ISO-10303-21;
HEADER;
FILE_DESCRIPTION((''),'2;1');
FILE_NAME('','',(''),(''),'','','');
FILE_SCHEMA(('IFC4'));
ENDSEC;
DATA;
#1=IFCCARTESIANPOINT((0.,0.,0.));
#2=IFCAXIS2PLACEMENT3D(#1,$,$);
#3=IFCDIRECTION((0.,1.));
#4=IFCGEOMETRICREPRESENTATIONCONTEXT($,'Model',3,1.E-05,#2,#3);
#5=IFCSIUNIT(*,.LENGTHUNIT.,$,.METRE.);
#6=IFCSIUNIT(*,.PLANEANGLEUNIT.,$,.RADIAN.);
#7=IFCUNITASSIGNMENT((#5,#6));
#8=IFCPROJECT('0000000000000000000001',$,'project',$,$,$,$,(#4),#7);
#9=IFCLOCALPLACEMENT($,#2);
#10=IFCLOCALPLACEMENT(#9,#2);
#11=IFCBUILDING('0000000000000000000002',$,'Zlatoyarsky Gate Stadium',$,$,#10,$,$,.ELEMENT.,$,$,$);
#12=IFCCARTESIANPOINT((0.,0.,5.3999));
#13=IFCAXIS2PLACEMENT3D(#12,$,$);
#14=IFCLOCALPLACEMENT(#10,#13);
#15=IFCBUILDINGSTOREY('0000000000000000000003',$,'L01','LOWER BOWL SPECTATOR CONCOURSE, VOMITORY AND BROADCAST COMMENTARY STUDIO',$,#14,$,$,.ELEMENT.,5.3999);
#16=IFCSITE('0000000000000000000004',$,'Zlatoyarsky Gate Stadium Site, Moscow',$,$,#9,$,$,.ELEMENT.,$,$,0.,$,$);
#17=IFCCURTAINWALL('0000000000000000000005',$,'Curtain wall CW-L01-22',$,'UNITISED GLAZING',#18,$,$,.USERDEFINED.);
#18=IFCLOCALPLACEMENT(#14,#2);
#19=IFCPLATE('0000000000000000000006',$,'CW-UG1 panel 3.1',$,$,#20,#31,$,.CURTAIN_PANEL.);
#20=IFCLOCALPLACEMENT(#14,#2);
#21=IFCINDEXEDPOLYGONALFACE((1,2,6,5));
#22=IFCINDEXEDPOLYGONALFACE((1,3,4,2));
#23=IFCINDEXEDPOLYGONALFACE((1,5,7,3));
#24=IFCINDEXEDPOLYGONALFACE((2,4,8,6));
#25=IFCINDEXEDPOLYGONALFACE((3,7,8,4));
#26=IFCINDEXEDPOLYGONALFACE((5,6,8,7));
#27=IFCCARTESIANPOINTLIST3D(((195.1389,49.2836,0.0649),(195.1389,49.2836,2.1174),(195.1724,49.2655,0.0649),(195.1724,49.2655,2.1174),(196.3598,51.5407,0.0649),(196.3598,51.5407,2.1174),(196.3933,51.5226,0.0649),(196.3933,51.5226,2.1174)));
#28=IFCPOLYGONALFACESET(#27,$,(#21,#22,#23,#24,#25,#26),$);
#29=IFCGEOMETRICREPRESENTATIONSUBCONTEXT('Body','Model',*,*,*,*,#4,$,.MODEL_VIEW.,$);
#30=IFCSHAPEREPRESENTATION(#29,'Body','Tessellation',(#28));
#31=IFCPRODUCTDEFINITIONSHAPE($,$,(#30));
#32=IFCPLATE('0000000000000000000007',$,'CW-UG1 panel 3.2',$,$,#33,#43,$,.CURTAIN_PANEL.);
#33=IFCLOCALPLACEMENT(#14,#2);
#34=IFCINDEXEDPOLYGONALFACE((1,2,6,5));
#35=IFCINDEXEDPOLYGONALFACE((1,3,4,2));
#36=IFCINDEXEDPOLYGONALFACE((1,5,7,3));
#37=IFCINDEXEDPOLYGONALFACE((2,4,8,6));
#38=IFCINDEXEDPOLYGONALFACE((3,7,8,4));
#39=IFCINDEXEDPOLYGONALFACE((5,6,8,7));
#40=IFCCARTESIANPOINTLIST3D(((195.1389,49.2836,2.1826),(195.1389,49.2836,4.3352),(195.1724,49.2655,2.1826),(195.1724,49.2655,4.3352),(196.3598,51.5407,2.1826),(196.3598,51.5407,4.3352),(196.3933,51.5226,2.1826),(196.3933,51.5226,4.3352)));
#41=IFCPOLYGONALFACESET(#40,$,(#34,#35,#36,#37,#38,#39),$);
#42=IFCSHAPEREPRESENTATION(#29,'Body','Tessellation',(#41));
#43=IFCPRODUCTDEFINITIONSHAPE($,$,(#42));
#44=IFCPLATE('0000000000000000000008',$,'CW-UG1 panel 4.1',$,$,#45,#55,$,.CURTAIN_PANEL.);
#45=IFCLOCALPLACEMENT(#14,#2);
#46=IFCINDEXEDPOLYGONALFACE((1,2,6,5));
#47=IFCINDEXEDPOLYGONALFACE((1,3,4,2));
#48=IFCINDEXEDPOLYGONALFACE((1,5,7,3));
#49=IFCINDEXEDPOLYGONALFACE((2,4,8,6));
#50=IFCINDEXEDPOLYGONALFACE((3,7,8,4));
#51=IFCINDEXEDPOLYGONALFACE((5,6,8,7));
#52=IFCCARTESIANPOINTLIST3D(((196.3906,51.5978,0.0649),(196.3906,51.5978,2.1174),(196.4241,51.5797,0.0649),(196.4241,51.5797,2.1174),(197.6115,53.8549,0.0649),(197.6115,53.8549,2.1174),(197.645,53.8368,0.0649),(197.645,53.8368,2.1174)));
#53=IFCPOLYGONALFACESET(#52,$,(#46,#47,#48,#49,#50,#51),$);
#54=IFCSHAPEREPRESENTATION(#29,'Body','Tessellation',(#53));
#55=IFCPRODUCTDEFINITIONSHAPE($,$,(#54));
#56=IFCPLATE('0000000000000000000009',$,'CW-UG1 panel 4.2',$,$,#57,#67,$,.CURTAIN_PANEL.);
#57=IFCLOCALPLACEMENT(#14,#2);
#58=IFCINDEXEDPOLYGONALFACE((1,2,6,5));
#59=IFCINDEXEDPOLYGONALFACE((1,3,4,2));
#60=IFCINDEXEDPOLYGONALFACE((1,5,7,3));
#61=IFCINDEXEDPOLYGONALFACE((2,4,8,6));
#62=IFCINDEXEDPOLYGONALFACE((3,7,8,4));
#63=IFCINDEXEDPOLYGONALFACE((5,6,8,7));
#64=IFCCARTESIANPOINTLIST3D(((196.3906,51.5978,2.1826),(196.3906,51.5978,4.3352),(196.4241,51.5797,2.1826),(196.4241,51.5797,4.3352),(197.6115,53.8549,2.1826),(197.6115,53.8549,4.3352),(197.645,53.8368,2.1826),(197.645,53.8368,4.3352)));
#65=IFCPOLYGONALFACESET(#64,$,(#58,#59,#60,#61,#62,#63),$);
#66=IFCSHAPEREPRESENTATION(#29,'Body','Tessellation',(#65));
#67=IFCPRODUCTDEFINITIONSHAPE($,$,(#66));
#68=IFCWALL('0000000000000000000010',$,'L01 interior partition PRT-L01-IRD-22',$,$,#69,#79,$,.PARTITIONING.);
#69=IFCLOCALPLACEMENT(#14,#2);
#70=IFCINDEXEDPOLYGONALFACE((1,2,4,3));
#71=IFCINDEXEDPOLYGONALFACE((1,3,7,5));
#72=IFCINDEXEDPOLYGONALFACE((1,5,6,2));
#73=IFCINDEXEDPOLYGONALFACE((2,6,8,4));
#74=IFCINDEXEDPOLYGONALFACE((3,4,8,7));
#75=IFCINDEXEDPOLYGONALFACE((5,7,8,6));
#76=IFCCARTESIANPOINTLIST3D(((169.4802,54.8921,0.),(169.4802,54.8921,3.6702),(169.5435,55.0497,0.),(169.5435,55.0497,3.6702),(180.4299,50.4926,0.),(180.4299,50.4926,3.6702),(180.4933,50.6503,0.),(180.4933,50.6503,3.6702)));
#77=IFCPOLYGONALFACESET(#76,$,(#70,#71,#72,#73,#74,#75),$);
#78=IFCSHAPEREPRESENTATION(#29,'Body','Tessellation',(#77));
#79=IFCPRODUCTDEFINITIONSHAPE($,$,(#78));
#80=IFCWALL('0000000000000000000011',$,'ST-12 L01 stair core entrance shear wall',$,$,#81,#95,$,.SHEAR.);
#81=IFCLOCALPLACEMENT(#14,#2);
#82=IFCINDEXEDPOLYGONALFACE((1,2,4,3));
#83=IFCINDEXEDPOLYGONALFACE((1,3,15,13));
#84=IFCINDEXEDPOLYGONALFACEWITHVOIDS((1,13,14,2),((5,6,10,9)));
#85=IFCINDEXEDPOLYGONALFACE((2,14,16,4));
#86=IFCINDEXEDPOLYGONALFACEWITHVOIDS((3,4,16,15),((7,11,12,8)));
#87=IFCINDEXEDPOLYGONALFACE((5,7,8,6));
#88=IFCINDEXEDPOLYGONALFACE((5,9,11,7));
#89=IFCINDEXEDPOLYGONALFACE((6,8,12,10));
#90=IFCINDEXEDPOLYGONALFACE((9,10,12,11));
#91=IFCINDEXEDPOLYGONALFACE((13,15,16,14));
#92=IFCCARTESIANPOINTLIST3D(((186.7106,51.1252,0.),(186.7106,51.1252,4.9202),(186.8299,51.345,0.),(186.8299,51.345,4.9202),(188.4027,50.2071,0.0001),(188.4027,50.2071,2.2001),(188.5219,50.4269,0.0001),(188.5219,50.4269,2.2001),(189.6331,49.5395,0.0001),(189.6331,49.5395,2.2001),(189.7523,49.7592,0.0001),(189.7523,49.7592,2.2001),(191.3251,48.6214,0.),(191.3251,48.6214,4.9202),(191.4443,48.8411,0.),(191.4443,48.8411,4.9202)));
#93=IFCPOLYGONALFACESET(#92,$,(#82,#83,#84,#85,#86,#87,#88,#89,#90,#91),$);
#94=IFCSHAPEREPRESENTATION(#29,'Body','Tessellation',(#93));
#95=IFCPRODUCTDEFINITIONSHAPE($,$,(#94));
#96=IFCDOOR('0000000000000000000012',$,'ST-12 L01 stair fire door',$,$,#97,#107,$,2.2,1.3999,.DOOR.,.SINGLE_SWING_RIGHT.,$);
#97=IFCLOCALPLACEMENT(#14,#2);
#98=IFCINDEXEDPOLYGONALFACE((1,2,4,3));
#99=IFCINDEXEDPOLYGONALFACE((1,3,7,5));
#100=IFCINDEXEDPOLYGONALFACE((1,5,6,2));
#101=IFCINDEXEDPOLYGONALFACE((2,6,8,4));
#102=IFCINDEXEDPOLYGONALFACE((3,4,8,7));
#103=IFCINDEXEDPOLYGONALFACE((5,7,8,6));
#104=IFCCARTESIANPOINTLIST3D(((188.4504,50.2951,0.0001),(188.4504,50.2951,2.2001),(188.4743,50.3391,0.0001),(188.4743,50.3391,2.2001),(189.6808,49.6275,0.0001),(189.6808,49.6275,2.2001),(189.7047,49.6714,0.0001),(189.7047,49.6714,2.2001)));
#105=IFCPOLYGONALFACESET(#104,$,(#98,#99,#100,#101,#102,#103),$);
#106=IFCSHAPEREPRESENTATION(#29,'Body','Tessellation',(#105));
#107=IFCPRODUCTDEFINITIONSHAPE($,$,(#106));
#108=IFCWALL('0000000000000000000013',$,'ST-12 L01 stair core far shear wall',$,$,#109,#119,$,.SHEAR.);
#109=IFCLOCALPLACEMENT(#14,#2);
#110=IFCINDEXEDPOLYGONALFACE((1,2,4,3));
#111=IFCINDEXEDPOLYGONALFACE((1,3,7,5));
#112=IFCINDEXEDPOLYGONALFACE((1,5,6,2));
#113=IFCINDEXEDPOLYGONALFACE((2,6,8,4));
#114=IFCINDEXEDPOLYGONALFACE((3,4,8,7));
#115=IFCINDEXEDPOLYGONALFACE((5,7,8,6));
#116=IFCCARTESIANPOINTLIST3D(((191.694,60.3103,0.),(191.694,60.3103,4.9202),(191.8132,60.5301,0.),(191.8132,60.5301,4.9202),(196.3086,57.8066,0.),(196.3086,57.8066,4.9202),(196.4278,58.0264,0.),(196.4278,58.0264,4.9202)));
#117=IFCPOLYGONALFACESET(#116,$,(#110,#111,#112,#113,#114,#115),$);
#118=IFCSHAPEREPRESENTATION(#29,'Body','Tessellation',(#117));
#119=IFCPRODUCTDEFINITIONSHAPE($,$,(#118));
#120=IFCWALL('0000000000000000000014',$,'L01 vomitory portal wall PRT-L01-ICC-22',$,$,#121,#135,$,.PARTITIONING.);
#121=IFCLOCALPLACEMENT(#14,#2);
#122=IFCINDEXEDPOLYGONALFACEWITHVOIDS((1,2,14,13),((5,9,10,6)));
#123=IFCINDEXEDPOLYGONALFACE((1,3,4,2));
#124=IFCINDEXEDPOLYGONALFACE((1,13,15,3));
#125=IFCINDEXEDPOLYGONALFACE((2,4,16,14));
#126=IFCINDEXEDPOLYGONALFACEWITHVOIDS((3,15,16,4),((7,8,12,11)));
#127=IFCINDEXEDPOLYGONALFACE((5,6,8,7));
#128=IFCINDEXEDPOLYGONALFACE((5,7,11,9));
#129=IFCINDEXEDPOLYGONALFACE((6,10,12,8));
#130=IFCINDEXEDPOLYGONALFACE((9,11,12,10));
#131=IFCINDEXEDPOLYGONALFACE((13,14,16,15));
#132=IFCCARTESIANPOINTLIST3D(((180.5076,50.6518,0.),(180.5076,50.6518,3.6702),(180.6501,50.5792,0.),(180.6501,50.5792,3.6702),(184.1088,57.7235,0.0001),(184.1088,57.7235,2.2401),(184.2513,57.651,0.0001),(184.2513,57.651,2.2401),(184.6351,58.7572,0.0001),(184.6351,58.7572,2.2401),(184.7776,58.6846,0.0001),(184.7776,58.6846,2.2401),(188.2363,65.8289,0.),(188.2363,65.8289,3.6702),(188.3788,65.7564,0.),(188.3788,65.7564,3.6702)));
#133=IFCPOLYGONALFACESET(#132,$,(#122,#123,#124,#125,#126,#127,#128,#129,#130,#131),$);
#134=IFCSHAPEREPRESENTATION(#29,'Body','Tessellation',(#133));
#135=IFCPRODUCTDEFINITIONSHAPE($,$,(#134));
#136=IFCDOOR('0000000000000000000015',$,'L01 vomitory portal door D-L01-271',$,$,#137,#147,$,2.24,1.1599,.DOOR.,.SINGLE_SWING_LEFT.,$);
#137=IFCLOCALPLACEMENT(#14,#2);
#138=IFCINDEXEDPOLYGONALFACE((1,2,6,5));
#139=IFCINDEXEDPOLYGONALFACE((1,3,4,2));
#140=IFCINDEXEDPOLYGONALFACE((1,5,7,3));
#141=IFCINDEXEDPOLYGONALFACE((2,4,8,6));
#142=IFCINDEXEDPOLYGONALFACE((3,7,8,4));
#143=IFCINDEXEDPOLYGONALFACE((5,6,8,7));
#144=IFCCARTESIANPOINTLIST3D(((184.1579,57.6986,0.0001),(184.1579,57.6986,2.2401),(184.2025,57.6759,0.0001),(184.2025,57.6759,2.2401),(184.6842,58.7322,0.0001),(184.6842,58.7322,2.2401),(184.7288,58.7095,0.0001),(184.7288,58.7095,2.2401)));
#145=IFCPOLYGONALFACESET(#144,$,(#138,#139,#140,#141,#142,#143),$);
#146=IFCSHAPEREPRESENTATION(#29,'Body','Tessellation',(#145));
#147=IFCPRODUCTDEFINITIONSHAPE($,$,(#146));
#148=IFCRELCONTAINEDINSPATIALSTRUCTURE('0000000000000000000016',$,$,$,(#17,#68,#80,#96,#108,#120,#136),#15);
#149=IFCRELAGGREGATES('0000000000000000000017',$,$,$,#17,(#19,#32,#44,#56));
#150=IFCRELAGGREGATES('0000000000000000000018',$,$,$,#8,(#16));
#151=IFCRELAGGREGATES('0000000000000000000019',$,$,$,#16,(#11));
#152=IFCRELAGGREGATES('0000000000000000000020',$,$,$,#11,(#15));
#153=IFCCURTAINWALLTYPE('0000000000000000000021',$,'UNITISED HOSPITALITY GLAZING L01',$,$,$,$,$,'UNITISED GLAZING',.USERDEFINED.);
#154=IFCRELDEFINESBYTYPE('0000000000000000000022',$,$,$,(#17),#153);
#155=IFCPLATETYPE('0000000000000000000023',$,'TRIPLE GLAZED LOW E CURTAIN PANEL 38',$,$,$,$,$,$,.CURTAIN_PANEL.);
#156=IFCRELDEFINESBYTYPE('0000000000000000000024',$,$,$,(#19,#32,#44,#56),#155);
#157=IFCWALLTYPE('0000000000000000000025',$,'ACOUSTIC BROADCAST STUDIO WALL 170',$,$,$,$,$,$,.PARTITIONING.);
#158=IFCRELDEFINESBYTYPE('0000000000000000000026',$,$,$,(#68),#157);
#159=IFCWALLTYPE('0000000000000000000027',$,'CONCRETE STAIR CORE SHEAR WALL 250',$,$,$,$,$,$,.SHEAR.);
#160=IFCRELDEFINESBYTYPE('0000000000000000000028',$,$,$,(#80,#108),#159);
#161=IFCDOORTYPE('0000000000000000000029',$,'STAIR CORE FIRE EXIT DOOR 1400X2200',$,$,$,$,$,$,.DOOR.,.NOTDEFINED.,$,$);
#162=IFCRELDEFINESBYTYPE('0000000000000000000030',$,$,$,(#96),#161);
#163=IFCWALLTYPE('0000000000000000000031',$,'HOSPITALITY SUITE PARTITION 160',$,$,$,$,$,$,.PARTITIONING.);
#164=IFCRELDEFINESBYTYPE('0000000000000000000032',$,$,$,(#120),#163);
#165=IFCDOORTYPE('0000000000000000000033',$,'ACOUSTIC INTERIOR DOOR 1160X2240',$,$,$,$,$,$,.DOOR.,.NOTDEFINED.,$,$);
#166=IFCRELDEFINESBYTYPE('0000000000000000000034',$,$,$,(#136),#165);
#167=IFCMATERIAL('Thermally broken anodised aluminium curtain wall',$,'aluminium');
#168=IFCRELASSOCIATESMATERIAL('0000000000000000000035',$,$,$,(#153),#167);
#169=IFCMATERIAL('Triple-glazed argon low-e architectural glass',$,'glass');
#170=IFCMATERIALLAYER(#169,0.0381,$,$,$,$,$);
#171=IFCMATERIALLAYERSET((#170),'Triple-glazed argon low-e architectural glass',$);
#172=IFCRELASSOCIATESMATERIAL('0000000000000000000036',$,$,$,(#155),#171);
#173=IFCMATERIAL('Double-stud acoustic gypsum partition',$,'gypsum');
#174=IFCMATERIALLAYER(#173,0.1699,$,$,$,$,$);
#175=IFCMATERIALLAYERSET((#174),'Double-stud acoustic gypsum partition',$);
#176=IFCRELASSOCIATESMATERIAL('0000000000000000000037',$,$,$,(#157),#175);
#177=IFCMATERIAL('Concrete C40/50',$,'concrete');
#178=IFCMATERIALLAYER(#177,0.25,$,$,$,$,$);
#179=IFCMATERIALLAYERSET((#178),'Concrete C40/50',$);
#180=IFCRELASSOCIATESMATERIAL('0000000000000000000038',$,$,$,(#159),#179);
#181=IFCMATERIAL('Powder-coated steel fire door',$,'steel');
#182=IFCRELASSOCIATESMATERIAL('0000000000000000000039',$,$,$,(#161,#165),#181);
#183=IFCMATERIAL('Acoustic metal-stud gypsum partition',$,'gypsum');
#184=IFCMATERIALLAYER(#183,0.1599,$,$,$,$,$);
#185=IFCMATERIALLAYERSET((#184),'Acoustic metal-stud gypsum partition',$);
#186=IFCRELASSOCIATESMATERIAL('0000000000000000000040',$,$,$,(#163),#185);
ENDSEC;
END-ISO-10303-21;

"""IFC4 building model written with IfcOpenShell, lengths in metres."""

from ifc_helpers import new_model, si_unit, direction, frame, frame_2d, origin, origin_2d, place, context, subcontext, project, spatial, rectangle, extrude, material, layer, layer_set, type_object, element, fill, aggregate, save


model = new_model("IFC4")

# Units and contexts
model_context = context("Model", 3, precision=1e-05, world=origin(), true_north=direction((0.0, 1.0)))
body_context = subcontext(model_context, "Body", "Model", "MODEL_VIEW")
ifc_project = project(units=[si_unit("LENGTHUNIT", "METRE"), si_unit("PLANEANGLEUNIT", "RADIAN")], contexts=[model_context])

# Site, building, storey
site_placement = place(None, origin())
site = spatial("IfcSite", under=ifc_project, at=site_placement, Name="Zlatoyarsky Gate Stadium Site, Moscow", CompositionType="ELEMENT", RefElevation=0.0)
building_placement = place(site_placement, origin())
building = spatial("IfcBuilding", under=site, at=building_placement, Name="Zlatoyarsky Gate Stadium", CompositionType="ELEMENT")
storey_placement = place(building_placement, frame((0.0, 0.0, 5.3999)))
storey = spatial("IfcBuildingStorey", under=building, at=storey_placement, Name="L01", Description="LOWER BOWL SPECTATOR CONCOURSE, VOMITORY AND BROADCAST COMMENTARY STUDIO", CompositionType="ELEMENT", Elevation=5.3999)

# Shared definitions
ifc_material_1 = material(Name="Concrete C40/50", Category="concrete")

# Curtain wall
ifc_material_2 = material(Name="Thermally broken anodised aluminium curtain wall", Category="aluminium")
curtain_wall_type = type_object("IfcCurtainWallType", Name="UNITISED HOSPITALITY GLAZING L01", ElementType="UNITISED GLAZING", PredefinedType="USERDEFINED", material=ifc_material_2)
curtain_wall_placement = place(storey_placement, origin())
curtain_wall = element("IfcCurtainWall", 1, at=curtain_wall_placement, inside=storey, type_object=curtain_wall_type, Name="Curtain wall CW-L01-22", ObjectType="UNITISED GLAZING", PredefinedType="USERDEFINED")

# Plates
ifc_material_3 = material(Name="Triple-glazed argon low-e architectural glass", Category="glass")
ifc_layer_1 = layer(ifc_material_3, 0.0381)
ifc_layer_set_1 = layer_set([ifc_layer_1], Name="Triple-glazed argon low-e architectural glass")
plate_type = type_object("IfcPlateType", Name="TRIPLE GLAZED LOW E CURTAIN PANEL 38", PredefinedType="CURTAIN_PANEL", material=ifc_layer_set_1)
plate_1_placement = place(storey_placement, frame((195.7661, 50.4031, 0.0649), z_axis=(0.0, 0.0, 1.0), x_axis=(0.475784, 0.879562, 0.0)))
plate_1 = element("IfcPlate", 2, at=plate_1_placement, type_object=plate_type, Name="CW-UG1 panel 3.1", PredefinedType="CURTAIN_PANEL", context=body_context, shape_type="SweptSolid", body=[
    extrude(rectangle(XDim=2.5662, YDim=0.0381, at=origin_2d()), origin(), (0.0, 0.0, 1.0), 2.0525),
])
plate_2_placement = place(storey_placement, frame((195.7661, 50.4031, 2.1826), z_axis=(0.0, 0.0, 1.0), x_axis=(0.475784, 0.879562, 0.0)))
plate_2 = element("IfcPlate", 3, at=plate_2_placement, type_object=plate_type, Name="CW-UG1 panel 3.2", PredefinedType="CURTAIN_PANEL", context=body_context, shape_type="SweptSolid", body=[
    extrude(rectangle(XDim=2.5662, YDim=0.0381, at=origin_2d()), origin(), (0.0, 0.0, 1.0), 2.1526),
])
plate_3_placement = place(storey_placement, frame((197.0178, 52.7173, 0.0649), z_axis=(0.0, 0.0, 1.0), x_axis=(0.475784, 0.879562, 0.0)))
plate_3 = element("IfcPlate", 4, at=plate_3_placement, type_object=plate_type, Name="CW-UG1 panel 4.1", PredefinedType="CURTAIN_PANEL", context=body_context, shape_type="SweptSolid", body=[
    extrude(rectangle(XDim=2.5662, YDim=0.0381, at=origin_2d()), origin(), (0.0, 0.0, 1.0), 2.0525),
])
plate_4_placement = place(storey_placement, frame((197.0178, 52.7173, 2.1826), z_axis=(0.0, 0.0, 1.0), x_axis=(0.475784, 0.879562, 0.0)))
plate_4 = element("IfcPlate", 5, at=plate_4_placement, type_object=plate_type, Name="CW-UG1 panel 4.2", PredefinedType="CURTAIN_PANEL", context=body_context, shape_type="SweptSolid", body=[
    extrude(rectangle(XDim=2.5662, YDim=0.0381, at=origin_2d()), origin(), (0.0, 0.0, 1.0), 2.1526),
])
aggregate(curtain_wall, [plate_1, plate_2, plate_3, plate_4])

# Wall
ifc_material_4 = material(Name="Double-stud acoustic gypsum partition", Category="gypsum")
ifc_layer_2 = layer(ifc_material_4, 0.1699)
ifc_layer_set_2 = layer_set([ifc_layer_2], Name="Double-stud acoustic gypsum partition")
wall_type_1 = type_object("IfcWallType", Name="ACOUSTIC BROADCAST STUDIO WALL 170", PredefinedType="PARTITIONING", material=ifc_layer_set_2)
wall_1_placement = place(storey_placement, frame((169.5117, 54.9709, 0.0), z_axis=(0.0, 0.0, 1.0), x_axis=(0.927905, -0.372817, 0.0)))
element("IfcWall", 6, at=wall_1_placement, inside=storey, type_object=wall_type_1, Name="L01 interior partition PRT-L01-IRD-22", PredefinedType="PARTITIONING", context=body_context, shape_type="SweptSolid", body=[
    extrude(rectangle(XDim=11.8005, YDim=0.1699, at=frame_2d((5.9004, 0.0))), origin(), (0.0, 0.0, 1.0), 3.6702),
])

# Wall, opening, door
ifc_layer_3 = layer(ifc_material_1, 0.25)
ifc_layer_set_3 = layer_set([ifc_layer_3], Name="Concrete C40/50")
wall_type_2 = type_object("IfcWallType", Name="CONCRETE STAIR CORE SHEAR WALL 250", PredefinedType="SHEAR", material=ifc_layer_set_3)
wall_2_placement = place(storey_placement, frame((186.7703, 51.2351, 0.0), z_axis=(0.0, 0.0, 1.0), x_axis=(0.878942, -0.476929, 0.0)))
wall_2 = element("IfcWall", 7, at=wall_2_placement, inside=storey, type_object=wall_type_2, Name="ST-12 L01 stair core entrance shear wall", PredefinedType="SHEAR", context=body_context, shape_type="SweptSolid", body=[
    extrude(rectangle(XDim=5.25, YDim=0.25, at=frame_2d((2.625, 0.0))), origin(), (0.0, 0.0, 1.0), 4.9202),
])
opening_1_placement = place(wall_2_placement, frame((1.925, 0.0, 0.0)))
opening_1 = element("IfcOpeningElement", 8, at=opening_1_placement, cuts=wall_2, PredefinedType="OPENING", context=body_context, shape_type="SweptSolid", body=[
    extrude(rectangle(XDim=1.3999, YDim=2.2, at=frame_2d((0.7, 1.1001))), frame((0.0, 0.135, 0.0), z_axis=(0.0, -1.0, 0.0), x_axis=(1.0, 0.0, 0.0)), (0.0, 0.0, 1.0), 0.27),
])
ifc_material_5 = material(Name="Powder-coated steel fire door", Category="steel")
door_type_1 = type_object("IfcDoorType", Name="STAIR CORE FIRE EXIT DOOR 1400X2200", OperationType="NOTDEFINED", PredefinedType="DOOR", material=ifc_material_5)
door_1_placement = place(opening_1_placement, frame((1.3999, 0.0, 0.0), z_axis=(0.0, 0.0, 1.0), x_axis=(-1.0, 0.0, 0.0)))
door_1 = element("IfcDoor", 9, at=door_1_placement, inside=storey, type_object=door_type_1, Name="ST-12 L01 stair fire door", OperationType="SINGLE_SWING_RIGHT", OverallHeight=2.2, OverallWidth=1.3999, PredefinedType="DOOR", context=body_context, shape_type="SweptSolid", body=[
    extrude(rectangle(XDim=1.3999, YDim=2.2, at=frame_2d((0.7, 1.1001))), frame((0.0, 0.0249, 0.0), z_axis=(0.0, -1.0, 0.0), x_axis=(1.0, 0.0, 0.0)), (0.0, 0.0, 1.0), 0.05),
])
fill(opening_1, door_1)

# Wall
wall_3_placement = place(storey_placement, frame((196.3682, 57.9165, 0.0), z_axis=(0.0, 0.0, 1.0), x_axis=(-0.878961, 0.476893, 0.0)))
element("IfcWall", 10, at=wall_3_placement, inside=storey, type_object=wall_type_2, Name="ST-12 L01 stair core far shear wall", PredefinedType="SHEAR", context=body_context, shape_type="SweptSolid", body=[
    extrude(rectangle(XDim=5.25, YDim=0.25, at=frame_2d((2.625, 0.0))), origin(), (0.0, 0.0, 1.0), 4.9202),
])

# Wall, opening, door
ifc_material_6 = material(Name="Acoustic metal-stud gypsum partition", Category="gypsum")
ifc_layer_4 = layer(ifc_material_6, 0.1599)
ifc_layer_set_4 = layer_set([ifc_layer_4], Name="Acoustic metal-stud gypsum partition")
wall_type_3 = type_object("IfcWallType", Name="HOSPITALITY SUITE PARTITION 160", PredefinedType="PARTITIONING", material=ifc_layer_set_4)
wall_4_placement = place(storey_placement, frame((180.5789, 50.6155, 0.0), z_axis=(0.0, 0.0, 1.0), x_axis=(0.453784, 0.891112, 0.0)))
wall_4 = element("IfcWall", 11, at=wall_4_placement, inside=storey, type_object=wall_type_3, Name="L01 vomitory portal wall PRT-L01-ICC-22", PredefinedType="PARTITIONING", context=body_context, shape_type="SweptSolid", body=[
    extrude(rectangle(XDim=17.0317, YDim=0.1599, at=frame_2d((8.5159, 0.0))), origin(), (0.0, 0.0, 1.0), 3.6702),
])
opening_2_placement = place(wall_4_placement, frame((7.9358, 0.0, 0.0)))
opening_2 = element("IfcOpeningElement", 12, at=opening_2_placement, cuts=wall_4, PredefinedType="OPENING", context=body_context, shape_type="SweptSolid", body=[
    extrude(rectangle(XDim=1.1599, YDim=2.24, at=frame_2d((0.5801, 1.1201))), frame((0.0, 0.0898, 0.0), z_axis=(0.0, -1.0, 0.0), x_axis=(1.0, 0.0, 0.0)), (0.0, 0.0, 1.0), 0.1799),
])
door_type_2 = type_object("IfcDoorType", Name="ACOUSTIC INTERIOR DOOR 1160X2240", OperationType="NOTDEFINED", PredefinedType="DOOR", material=ifc_material_5)
door_2_placement = place(opening_2_placement, origin())
door_2 = element("IfcDoor", 13, at=door_2_placement, inside=storey, type_object=door_type_2, Name="L01 vomitory portal door D-L01-271", OperationType="SINGLE_SWING_LEFT", OverallHeight=2.24, OverallWidth=1.1599, PredefinedType="DOOR", context=body_context, shape_type="SweptSolid", body=[
    extrude(rectangle(XDim=1.1599, YDim=2.24, at=frame_2d((0.5801, 1.1201))), frame((0.0, 0.0249, 0.0), z_axis=(0.0, -1.0, 0.0), x_axis=(1.0, 0.0, 0.0)), (0.0, 0.0, 1.0), 0.05),
])
fill(opening_2, door_2)

save(model, "model.ifc")
